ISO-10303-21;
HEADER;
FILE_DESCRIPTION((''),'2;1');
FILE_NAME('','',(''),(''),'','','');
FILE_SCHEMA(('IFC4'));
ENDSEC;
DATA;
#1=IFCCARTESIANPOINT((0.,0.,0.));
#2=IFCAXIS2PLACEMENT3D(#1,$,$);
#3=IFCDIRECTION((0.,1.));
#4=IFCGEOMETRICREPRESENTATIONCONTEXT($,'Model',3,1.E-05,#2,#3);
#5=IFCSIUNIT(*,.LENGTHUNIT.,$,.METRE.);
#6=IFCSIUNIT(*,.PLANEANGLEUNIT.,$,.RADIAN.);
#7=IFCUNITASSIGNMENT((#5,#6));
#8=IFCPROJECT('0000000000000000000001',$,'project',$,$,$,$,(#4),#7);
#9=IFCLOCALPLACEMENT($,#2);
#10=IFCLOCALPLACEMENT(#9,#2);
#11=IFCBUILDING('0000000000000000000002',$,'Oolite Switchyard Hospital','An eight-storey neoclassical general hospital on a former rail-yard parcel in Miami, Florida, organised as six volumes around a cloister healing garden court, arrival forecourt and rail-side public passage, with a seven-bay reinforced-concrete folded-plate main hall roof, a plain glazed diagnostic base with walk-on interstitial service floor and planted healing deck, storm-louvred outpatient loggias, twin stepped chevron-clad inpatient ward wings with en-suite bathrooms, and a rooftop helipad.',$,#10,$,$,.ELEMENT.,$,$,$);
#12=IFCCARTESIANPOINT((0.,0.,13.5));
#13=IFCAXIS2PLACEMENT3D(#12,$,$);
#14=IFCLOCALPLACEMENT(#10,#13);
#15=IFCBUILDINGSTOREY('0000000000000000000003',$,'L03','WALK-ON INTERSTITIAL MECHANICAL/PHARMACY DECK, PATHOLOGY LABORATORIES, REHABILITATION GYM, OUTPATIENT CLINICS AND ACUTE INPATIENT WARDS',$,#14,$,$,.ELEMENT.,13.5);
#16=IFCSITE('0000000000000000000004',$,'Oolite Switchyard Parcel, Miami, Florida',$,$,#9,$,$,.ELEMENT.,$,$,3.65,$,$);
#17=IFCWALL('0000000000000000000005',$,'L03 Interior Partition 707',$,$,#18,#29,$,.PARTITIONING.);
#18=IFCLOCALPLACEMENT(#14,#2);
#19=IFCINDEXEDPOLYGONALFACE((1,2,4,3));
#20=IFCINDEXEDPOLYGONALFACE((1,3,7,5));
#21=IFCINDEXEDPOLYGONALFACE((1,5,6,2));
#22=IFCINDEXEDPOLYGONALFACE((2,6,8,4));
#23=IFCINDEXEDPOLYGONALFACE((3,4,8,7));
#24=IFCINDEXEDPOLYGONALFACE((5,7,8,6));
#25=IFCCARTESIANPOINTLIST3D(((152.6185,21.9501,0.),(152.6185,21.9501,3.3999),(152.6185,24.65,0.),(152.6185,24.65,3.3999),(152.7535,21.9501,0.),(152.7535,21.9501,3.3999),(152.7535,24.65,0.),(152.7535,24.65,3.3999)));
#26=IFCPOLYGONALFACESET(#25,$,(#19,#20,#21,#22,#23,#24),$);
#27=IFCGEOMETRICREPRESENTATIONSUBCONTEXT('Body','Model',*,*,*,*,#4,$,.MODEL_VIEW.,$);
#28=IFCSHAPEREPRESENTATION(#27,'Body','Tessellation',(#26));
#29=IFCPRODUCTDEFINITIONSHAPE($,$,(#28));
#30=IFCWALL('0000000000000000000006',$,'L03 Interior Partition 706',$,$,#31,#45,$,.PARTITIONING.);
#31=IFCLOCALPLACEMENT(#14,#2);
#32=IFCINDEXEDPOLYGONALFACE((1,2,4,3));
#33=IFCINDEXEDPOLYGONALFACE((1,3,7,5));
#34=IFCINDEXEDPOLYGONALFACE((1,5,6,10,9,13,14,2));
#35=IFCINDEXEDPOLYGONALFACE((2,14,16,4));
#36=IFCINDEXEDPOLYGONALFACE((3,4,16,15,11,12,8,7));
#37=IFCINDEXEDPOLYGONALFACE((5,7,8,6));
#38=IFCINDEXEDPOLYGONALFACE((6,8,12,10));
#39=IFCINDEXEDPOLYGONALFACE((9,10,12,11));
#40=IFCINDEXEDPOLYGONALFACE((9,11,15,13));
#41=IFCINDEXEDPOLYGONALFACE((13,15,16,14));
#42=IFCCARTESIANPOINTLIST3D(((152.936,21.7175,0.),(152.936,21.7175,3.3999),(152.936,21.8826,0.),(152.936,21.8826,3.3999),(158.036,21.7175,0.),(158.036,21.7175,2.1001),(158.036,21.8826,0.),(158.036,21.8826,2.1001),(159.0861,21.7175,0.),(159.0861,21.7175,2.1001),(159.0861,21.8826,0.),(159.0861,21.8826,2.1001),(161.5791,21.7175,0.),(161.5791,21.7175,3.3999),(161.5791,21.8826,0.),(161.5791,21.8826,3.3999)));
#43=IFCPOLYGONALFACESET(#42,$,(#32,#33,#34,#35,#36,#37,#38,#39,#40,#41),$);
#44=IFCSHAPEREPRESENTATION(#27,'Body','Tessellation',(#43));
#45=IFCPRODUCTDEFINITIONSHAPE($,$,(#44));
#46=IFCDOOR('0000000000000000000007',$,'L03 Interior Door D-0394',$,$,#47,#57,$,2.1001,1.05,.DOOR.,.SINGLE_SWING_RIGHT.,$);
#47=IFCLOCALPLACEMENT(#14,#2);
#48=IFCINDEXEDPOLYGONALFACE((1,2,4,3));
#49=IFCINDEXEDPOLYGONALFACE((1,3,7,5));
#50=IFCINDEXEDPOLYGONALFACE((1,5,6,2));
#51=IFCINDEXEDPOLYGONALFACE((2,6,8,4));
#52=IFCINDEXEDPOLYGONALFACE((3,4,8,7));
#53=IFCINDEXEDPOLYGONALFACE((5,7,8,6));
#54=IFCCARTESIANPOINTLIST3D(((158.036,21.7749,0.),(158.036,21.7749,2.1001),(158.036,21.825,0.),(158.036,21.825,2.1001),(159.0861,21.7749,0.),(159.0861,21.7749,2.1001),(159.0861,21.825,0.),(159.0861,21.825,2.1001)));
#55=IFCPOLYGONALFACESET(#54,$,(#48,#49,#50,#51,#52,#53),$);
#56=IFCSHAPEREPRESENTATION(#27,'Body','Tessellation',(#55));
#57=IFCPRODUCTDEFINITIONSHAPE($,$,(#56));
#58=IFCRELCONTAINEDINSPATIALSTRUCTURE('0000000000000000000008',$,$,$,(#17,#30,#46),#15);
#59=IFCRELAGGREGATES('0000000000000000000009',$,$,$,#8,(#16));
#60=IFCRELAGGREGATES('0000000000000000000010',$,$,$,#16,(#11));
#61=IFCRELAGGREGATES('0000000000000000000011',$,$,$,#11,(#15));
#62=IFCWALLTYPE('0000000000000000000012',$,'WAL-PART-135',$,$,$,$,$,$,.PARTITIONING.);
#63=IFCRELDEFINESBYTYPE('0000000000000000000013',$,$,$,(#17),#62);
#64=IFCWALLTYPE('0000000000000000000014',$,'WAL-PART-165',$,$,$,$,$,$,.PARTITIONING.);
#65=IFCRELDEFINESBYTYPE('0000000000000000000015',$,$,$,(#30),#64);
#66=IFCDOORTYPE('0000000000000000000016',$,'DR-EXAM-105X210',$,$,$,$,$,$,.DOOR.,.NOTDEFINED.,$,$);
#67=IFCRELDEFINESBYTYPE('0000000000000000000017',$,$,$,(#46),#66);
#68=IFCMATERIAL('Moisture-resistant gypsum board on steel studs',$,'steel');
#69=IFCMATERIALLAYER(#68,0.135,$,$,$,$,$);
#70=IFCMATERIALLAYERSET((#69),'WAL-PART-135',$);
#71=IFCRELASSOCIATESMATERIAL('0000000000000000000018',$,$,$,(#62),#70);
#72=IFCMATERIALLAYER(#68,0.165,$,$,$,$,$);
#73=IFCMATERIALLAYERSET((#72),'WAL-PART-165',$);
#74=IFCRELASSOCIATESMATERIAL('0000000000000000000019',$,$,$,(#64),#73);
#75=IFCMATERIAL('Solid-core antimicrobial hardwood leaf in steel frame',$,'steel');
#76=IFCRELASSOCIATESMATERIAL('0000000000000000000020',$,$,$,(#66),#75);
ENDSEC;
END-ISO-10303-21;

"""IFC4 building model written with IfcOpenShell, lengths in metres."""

from ifc_helpers import new_model, si_unit, direction, frame, frame_2d, origin, place, context, subcontext, project, spatial, rectangle, extrude, material, layer, layer_set, type_object, element, fill, save


model = new_model("IFC4")

# Units and contexts
model_context = context("Model", 3, precision=1e-05, world=origin(), true_north=direction((0.0, 1.0)))
body_context = subcontext(model_context, "Body", "Model", "MODEL_VIEW")
ifc_project = project(units=[si_unit("LENGTHUNIT", "METRE"), si_unit("PLANEANGLEUNIT", "RADIAN")], contexts=[model_context])

# Site, building, storey
site_placement = place(None, origin())
site = spatial("IfcSite", under=ifc_project, at=site_placement, Name="Oolite Switchyard Parcel, Miami, Florida", CompositionType="ELEMENT", RefElevation=3.65)
building_placement = place(site_placement, origin())
building = spatial("IfcBuilding", under=site, at=building_placement, Name="Oolite Switchyard Hospital", Description="An eight-storey neoclassical general hospital on a former rail-yard parcel in Miami, Florida, organised as six volumes around a cloister healing garden court, arrival forecourt and rail-side public passage, with a seven-bay reinforced-concrete folded-plate main hall roof, a plain glazed diagnostic base with walk-on interstitial service floor and planted healing deck, storm-louvred outpatient loggias, twin stepped chevron-clad inpatient ward wings with en-suite bathrooms, and a rooftop helipad.", CompositionType="ELEMENT")
storey_placement = place(building_placement, frame((0.0, 0.0, 13.5)))
storey = spatial("IfcBuildingStorey", under=building, at=storey_placement, Name="L03", Description="WALK-ON INTERSTITIAL MECHANICAL/PHARMACY DECK, PATHOLOGY LABORATORIES, REHABILITATION GYM, OUTPATIENT CLINICS AND ACUTE INPATIENT WARDS", CompositionType="ELEMENT", Elevation=13.5)

# Wall
ifc_material_1 = material(Name="Moisture-resistant gypsum board on steel studs", Category="steel")
ifc_layer_1 = layer(ifc_material_1, 0.135)
ifc_layer_set_1 = layer_set([ifc_layer_1], Name="WAL-PART-135")
wall_type_1 = type_object("IfcWallType", Name="WAL-PART-135", PredefinedType="PARTITIONING", material=ifc_layer_set_1)
wall_1_placement = place(storey_placement, frame((152.686, 21.95, 0.0), z_axis=(0.0, 0.0, 1.0), x_axis=(0.0, 1.0, 0.0)))
element("IfcWall", 1, at=wall_1_placement, inside=storey, type_object=wall_type_1, Name="L03 Interior Partition 707", PredefinedType="PARTITIONING", context=body_context, shape_type="SweptSolid", body=[
    extrude(rectangle(XDim=2.7, YDim=0.135, at=frame_2d((1.3501, 0.0))), origin(), (0.0, 0.0, 1.0), 3.3999),
])

# Wall, opening, door
ifc_layer_2 = layer(ifc_material_1, 0.165)
ifc_layer_set_2 = layer_set([ifc_layer_2], Name="WAL-PART-165")
wall_type_2 = type_object("IfcWallType", Name="WAL-PART-165", PredefinedType="PARTITIONING", material=ifc_layer_set_2)
wall_2_placement = place(storey_placement, frame((152.936, 21.8, 0.0), z_axis=(0.0, 0.0, 1.0), x_axis=(1.0, 0.0, 0.0)))
wall_2 = element("IfcWall", 2, at=wall_2_placement, inside=storey, type_object=wall_type_2, Name="L03 Interior Partition 706", PredefinedType="PARTITIONING", context=body_context, shape_type="SweptSolid", body=[
    extrude(rectangle(XDim=8.6431, YDim=0.165, at=frame_2d((4.3215, 0.0))), origin(), (0.0, 0.0, 1.0), 3.3999),
])
opening_placement = place(wall_2_placement, frame((5.1001, 0.0, 0.0)))
opening = element("IfcOpeningElement", 3, at=opening_placement, cuts=wall_2, PredefinedType="OPENING", context=body_context, shape_type="SweptSolid", body=[
    extrude(rectangle(XDim=1.05, YDim=2.1001, at=frame_2d((0.5249, 1.05))), frame((0.0, 0.0925, 0.0), z_axis=(0.0, -1.0, 0.0), x_axis=(1.0, 0.0, 0.0)), (0.0, 0.0, 1.0), 0.1851),
])
ifc_material_2 = material(Name="Solid-core antimicrobial hardwood leaf in steel frame", Category="steel")
door_type = type_object("IfcDoorType", Name="DR-EXAM-105X210", OperationType="NOTDEFINED", PredefinedType="DOOR", material=ifc_material_2)
door_placement = place(opening_placement, origin())
door = element("IfcDoor", 4, at=door_placement, inside=storey, type_object=door_type, Name="L03 Interior Door D-0394", OperationType="SINGLE_SWING_RIGHT", OverallHeight=2.1001, OverallWidth=1.05, PredefinedType="DOOR", context=body_context, shape_type="SweptSolid", body=[
    extrude(rectangle(XDim=1.05, YDim=2.1001, at=frame_2d((0.5249, 1.05))), frame((0.0, 0.0249, 0.0), z_axis=(0.0, -1.0, 0.0), x_axis=(1.0, 0.0, 0.0)), (0.0, 0.0, 1.0), 0.05),
])
fill(opening, door)

save(model, "model.ifc")
